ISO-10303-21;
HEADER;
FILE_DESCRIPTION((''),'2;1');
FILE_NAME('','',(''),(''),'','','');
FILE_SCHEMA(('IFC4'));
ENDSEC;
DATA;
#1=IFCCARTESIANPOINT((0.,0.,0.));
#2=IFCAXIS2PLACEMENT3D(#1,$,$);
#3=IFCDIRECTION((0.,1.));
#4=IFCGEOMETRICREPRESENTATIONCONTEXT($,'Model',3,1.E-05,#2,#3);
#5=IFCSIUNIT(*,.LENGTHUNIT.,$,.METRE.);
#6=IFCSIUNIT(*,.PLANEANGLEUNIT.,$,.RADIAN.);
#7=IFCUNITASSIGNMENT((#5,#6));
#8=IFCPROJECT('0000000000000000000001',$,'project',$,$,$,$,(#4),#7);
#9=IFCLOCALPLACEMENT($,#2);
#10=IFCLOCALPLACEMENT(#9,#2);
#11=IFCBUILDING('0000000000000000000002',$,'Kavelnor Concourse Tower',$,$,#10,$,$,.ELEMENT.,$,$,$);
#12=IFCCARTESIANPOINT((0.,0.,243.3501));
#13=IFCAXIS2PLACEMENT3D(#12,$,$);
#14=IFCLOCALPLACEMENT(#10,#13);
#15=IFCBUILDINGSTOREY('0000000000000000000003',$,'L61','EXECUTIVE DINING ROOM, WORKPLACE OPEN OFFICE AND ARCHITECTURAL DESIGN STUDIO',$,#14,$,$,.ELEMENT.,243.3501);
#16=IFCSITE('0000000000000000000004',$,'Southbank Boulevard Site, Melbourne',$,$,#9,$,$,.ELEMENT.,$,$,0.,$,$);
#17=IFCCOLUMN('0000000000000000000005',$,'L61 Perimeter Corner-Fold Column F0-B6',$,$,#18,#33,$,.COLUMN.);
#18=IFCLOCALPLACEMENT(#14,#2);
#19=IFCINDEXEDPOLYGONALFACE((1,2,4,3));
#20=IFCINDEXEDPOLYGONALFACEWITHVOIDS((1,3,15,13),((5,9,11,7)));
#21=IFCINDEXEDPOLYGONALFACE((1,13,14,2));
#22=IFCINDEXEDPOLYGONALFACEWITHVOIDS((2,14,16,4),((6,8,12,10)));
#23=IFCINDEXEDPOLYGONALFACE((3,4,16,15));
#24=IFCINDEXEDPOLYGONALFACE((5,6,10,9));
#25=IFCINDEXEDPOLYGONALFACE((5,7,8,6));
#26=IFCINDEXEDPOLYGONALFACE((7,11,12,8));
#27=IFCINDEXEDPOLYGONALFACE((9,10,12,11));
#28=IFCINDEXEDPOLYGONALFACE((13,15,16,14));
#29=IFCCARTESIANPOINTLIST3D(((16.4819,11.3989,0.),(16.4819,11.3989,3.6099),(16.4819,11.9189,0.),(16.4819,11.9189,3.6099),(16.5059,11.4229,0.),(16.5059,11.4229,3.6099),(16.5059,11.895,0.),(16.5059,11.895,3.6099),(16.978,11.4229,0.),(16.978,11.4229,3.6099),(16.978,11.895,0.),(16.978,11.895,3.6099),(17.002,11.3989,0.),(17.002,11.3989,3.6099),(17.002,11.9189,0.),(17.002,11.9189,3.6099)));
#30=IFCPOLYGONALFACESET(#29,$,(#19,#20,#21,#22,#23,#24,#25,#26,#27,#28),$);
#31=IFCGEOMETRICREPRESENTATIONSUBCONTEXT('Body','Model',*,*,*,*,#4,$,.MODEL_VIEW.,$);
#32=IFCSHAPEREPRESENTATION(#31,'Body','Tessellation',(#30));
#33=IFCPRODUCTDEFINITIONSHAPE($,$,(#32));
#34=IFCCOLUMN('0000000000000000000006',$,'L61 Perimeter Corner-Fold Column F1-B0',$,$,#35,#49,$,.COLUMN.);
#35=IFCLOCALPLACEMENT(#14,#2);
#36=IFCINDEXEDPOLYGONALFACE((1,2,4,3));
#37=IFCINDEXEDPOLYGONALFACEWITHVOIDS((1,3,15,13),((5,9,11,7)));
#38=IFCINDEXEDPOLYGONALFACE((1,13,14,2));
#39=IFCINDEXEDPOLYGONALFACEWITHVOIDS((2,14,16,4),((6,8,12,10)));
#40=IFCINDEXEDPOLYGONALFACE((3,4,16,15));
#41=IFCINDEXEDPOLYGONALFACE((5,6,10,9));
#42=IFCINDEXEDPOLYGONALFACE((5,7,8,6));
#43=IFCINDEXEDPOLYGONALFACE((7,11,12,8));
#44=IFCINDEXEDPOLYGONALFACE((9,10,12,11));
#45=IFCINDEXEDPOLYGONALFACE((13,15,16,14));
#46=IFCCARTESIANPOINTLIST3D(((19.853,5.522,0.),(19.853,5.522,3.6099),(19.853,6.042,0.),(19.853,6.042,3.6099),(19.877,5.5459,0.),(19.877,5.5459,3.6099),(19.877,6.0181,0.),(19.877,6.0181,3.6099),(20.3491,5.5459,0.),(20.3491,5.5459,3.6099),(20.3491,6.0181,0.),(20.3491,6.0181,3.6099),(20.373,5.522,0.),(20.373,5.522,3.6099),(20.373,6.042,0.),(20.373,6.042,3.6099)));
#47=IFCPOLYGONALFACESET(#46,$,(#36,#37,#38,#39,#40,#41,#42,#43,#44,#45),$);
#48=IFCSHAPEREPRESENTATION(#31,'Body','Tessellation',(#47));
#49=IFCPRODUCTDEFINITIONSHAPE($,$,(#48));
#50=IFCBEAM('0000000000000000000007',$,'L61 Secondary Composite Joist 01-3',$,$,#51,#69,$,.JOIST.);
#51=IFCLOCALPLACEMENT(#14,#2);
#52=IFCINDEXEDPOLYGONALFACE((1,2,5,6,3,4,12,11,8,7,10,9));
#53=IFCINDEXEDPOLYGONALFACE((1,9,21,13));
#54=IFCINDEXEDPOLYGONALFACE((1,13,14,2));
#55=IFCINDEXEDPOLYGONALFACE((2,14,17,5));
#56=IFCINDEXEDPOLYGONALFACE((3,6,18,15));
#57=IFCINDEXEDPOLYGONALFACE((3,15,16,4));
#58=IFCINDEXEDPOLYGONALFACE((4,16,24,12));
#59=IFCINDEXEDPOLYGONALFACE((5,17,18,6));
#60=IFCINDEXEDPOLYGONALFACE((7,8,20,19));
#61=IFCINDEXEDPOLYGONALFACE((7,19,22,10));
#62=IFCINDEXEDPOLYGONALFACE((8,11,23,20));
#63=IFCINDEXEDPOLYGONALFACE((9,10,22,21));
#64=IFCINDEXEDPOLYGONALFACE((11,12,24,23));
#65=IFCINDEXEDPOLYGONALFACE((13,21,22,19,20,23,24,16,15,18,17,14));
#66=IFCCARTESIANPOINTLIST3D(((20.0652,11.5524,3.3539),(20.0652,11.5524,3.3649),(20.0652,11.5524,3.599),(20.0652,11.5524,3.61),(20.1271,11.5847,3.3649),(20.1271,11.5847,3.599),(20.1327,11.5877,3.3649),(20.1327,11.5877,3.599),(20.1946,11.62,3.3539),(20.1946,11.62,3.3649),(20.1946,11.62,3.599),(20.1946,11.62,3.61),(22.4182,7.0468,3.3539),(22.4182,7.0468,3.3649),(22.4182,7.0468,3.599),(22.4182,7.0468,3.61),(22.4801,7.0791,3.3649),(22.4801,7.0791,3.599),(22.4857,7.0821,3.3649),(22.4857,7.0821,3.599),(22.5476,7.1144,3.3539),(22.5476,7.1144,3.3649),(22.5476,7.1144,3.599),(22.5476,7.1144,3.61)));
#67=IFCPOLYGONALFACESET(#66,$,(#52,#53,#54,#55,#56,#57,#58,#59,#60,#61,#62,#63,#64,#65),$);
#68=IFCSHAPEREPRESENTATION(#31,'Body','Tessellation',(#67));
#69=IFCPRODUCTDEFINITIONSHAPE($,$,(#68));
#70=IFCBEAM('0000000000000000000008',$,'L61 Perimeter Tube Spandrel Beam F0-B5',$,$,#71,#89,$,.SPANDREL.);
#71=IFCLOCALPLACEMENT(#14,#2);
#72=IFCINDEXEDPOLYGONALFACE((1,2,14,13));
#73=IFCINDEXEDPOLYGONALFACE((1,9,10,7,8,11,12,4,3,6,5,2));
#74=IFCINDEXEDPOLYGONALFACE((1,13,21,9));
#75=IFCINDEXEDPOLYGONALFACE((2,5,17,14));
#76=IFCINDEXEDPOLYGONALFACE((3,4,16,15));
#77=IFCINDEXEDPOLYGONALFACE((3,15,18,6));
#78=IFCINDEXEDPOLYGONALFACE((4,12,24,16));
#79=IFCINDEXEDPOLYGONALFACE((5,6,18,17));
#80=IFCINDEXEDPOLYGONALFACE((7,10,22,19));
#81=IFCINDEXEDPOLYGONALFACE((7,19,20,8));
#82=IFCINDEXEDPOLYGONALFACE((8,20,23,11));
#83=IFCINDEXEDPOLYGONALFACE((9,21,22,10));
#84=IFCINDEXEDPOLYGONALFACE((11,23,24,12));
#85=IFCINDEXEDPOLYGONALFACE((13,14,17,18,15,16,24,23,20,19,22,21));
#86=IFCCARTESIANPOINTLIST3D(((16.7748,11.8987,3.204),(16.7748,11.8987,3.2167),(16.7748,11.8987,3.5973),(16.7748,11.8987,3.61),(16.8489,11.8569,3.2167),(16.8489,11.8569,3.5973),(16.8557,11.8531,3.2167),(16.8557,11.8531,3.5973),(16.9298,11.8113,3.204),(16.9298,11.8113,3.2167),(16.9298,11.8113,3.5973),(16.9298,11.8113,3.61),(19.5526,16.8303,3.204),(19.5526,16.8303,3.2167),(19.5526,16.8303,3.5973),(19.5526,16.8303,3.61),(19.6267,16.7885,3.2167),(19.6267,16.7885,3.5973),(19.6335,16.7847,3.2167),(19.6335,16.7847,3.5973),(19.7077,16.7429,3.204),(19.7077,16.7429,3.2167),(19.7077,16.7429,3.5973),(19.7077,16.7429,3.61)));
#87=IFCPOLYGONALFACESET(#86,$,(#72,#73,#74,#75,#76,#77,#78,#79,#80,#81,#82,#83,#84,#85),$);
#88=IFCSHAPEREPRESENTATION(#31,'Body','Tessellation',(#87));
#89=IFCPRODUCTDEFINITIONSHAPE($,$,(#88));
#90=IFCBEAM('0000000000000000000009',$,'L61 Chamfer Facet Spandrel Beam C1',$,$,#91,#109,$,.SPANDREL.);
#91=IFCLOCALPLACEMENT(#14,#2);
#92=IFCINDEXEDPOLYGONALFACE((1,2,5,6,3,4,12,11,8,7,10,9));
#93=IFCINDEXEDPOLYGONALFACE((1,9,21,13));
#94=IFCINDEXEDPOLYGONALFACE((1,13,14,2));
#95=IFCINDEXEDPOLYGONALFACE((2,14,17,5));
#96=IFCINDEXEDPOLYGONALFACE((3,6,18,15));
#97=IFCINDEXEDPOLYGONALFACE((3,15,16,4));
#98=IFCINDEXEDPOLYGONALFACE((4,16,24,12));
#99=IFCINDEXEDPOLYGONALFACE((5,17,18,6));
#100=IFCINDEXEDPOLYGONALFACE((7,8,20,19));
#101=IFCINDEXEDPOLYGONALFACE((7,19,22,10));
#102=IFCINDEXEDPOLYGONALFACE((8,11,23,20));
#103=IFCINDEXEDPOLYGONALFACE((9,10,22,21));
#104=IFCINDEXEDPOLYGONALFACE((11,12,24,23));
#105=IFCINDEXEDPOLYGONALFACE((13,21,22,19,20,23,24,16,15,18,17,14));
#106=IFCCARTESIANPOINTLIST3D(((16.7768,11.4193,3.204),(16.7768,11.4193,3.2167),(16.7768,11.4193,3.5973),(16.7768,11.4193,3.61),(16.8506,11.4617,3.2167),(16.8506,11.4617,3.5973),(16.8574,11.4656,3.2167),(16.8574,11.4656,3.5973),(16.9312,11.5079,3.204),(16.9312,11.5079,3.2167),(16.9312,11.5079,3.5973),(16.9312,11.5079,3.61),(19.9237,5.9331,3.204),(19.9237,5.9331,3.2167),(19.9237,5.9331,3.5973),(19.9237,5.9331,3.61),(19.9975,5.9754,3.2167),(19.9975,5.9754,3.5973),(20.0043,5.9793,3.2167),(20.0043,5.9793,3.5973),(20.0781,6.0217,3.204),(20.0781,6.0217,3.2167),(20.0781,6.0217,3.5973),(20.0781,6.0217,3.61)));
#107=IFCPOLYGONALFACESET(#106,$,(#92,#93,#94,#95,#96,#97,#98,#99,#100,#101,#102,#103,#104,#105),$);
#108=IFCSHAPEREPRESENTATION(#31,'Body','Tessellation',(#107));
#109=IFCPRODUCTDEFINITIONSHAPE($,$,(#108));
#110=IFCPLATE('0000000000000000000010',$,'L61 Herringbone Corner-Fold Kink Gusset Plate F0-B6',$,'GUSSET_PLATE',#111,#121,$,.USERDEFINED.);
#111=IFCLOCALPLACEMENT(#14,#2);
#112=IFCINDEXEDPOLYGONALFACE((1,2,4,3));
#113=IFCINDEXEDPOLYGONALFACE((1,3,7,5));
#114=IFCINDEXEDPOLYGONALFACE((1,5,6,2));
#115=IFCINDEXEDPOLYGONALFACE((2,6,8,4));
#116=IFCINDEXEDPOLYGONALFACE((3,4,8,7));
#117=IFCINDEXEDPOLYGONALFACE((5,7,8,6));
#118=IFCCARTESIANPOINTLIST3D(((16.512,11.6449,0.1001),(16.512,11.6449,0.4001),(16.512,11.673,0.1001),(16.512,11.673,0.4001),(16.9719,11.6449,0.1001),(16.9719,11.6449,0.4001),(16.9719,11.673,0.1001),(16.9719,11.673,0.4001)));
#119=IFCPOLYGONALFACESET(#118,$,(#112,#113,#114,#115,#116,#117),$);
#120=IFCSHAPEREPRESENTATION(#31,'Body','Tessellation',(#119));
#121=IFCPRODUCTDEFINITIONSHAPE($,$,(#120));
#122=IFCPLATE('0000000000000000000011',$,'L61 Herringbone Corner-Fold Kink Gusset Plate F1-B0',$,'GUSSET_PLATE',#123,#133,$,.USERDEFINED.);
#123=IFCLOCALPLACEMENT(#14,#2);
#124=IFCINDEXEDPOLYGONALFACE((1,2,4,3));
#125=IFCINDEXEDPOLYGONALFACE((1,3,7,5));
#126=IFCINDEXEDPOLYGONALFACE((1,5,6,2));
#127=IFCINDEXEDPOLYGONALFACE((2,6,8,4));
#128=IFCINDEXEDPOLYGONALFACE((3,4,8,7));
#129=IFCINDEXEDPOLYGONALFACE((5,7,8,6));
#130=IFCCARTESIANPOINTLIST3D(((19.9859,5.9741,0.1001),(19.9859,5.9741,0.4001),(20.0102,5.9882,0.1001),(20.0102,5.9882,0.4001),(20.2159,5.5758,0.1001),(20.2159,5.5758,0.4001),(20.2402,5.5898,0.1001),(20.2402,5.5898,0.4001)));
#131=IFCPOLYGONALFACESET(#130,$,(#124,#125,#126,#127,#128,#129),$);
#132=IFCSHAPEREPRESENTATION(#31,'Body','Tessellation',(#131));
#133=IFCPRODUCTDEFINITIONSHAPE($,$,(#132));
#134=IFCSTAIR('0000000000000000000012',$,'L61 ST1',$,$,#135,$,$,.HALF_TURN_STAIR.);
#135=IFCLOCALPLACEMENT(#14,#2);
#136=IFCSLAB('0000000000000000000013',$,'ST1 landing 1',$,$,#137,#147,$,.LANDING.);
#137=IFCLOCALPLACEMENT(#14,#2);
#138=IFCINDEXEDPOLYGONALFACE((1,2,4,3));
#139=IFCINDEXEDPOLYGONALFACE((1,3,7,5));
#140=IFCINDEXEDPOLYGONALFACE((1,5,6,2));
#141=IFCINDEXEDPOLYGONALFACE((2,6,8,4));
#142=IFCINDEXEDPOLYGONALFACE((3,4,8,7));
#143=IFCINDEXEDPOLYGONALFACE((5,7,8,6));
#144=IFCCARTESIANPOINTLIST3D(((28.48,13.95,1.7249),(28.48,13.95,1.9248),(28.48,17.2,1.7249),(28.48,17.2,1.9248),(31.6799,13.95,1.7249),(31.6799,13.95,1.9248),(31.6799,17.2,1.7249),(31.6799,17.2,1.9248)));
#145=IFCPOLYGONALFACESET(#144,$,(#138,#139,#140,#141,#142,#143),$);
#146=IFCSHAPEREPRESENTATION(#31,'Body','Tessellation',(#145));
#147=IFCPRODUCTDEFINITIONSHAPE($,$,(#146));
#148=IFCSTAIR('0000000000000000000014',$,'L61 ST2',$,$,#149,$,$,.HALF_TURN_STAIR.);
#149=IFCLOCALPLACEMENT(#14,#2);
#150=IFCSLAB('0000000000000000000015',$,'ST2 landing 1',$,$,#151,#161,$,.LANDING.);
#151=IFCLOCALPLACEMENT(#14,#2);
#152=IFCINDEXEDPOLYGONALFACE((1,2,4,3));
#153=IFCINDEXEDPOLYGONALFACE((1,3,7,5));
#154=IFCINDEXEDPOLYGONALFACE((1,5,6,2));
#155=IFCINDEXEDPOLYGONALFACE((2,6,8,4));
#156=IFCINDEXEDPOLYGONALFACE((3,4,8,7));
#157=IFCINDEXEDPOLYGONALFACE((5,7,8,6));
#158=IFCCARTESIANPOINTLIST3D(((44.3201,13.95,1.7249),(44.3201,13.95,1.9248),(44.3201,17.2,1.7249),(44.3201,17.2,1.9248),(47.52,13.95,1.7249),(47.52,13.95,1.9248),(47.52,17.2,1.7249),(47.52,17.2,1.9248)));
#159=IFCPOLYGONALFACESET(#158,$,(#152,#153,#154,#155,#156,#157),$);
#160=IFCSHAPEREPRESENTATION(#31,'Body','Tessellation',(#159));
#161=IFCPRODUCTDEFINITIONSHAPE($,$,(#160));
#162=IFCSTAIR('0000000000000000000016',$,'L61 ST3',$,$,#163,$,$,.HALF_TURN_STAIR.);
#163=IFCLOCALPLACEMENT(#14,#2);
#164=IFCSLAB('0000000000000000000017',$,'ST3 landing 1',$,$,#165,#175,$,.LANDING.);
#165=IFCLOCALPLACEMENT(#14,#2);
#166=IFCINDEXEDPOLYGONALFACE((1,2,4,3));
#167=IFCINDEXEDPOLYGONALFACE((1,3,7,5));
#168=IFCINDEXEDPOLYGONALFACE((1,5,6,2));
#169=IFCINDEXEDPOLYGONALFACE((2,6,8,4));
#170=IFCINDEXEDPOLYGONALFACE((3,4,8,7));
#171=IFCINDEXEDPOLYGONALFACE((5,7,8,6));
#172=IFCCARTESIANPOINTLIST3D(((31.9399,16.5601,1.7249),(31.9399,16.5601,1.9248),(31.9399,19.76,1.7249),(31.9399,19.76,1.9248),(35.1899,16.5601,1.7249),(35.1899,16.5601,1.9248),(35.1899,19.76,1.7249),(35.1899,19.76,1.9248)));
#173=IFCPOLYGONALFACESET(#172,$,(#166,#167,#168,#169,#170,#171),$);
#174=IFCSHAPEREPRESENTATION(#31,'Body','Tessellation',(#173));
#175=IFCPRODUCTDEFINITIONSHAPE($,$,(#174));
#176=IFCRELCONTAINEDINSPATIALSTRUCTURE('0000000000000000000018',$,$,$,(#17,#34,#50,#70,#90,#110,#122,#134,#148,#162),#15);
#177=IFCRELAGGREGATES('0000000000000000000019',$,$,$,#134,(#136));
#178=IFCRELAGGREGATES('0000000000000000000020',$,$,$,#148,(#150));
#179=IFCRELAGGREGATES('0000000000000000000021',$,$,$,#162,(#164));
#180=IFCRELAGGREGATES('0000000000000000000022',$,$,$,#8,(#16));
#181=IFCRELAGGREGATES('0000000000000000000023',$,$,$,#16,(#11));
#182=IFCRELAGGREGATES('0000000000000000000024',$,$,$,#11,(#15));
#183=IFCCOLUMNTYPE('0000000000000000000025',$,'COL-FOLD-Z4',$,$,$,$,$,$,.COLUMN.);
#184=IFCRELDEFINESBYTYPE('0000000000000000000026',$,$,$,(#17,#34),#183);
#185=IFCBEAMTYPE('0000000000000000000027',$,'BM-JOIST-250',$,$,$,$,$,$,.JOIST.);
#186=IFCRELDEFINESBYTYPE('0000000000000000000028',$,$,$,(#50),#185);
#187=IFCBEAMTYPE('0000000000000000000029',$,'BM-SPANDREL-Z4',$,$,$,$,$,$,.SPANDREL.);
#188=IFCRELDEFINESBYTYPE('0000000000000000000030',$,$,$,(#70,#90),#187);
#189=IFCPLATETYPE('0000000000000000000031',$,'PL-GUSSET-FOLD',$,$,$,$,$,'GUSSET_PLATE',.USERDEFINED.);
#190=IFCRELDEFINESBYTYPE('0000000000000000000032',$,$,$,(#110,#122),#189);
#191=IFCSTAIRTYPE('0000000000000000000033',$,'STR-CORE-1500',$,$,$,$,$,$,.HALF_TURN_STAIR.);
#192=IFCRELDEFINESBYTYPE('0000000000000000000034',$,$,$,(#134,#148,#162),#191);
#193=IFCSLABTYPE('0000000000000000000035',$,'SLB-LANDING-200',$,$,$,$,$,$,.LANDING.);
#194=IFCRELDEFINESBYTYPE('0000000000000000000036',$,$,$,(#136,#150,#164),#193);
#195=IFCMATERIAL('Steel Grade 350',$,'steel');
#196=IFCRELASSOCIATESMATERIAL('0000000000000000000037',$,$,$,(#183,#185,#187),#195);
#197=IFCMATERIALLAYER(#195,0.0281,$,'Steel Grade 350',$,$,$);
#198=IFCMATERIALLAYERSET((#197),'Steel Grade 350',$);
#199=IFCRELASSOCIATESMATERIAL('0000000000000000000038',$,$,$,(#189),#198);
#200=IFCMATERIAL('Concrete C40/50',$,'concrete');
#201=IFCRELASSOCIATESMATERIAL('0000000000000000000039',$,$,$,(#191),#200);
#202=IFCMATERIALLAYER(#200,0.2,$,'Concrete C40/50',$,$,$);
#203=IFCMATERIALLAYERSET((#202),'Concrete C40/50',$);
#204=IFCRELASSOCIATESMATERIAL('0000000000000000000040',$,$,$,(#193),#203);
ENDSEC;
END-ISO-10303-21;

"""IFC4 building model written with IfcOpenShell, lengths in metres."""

from ifc_helpers import new_model, si_unit, direction, frame, origin, origin_2d, place, context, subcontext, project, spatial, polyline, rectangle, hollow_rectangle, i_section, outline, extrude, material, layer, layer_set, material_profile, profile_set, type_object, element, aggregate, save


model = new_model("IFC4")

# Units and contexts
model_context = context("Model", 3, precision=1e-05, world=origin(), true_north=direction((0.0, 1.0)))
body_context = subcontext(model_context, "Body", "Model", "MODEL_VIEW")
ifc_project = project(units=[si_unit("LENGTHUNIT", "METRE"), si_unit("PLANEANGLEUNIT", "RADIAN")], contexts=[model_context])

# Site, building, storey
site_placement = place(None, origin())
site = spatial("IfcSite", under=ifc_project, at=site_placement, Name="Southbank Boulevard Site, Melbourne", CompositionType="ELEMENT", RefElevation=0.0)
building_placement = place(site_placement, origin())
building = spatial("IfcBuilding", under=site, at=building_placement, Name="Kavelnor Concourse Tower", CompositionType="ELEMENT")
storey_placement = place(building_placement, frame((0.0, 0.0, 243.3501)))
storey = spatial("IfcBuildingStorey", under=building, at=storey_placement, Name="L61", Description="EXECUTIVE DINING ROOM, WORKPLACE OPEN OFFICE AND ARCHITECTURAL DESIGN STUDIO", CompositionType="ELEMENT", Elevation=243.3501)

# Columns
ifc_material_1 = material(Name="Steel Grade 350", Category="steel")
ifc_material_profile_1 = material_profile(ifc_material_1, hollow_rectangle(XDim=0.52, YDim=0.52, WallThickness=0.0239, at=origin_2d()), Name="SHS 520x520x24")
ifc_profile_set_1 = profile_set([ifc_material_profile_1], Name="Steel Grade 350")
column_type = type_object("IfcColumnType", Name="COL-FOLD-Z4", PredefinedType="COLUMN", material=ifc_profile_set_1)
for number, where, z_axis, x_axis, name in (
    (1, (16.7419, 11.6589, 0.0), (0.0, 0.0, 1.0), (1.0, 0.0, 0.0), "L61 Perimeter Corner-Fold Column F0-B6"),
    (2, (20.113, 5.782, 0.0), (0.0, 0.0, 1.0), (1.0, 0.0, 0.0), "L61 Perimeter Corner-Fold Column F1-B0"),
):
    element("IfcColumn", number, at=place(storey_placement, frame(where, z_axis=z_axis, x_axis=x_axis)), inside=storey, type_object=column_type, Name=name, PredefinedType="COLUMN", context=body_context, shape_type="SweptSolid", body=[
        extrude(hollow_rectangle(XDim=0.52, YDim=0.52, WallThickness=0.0239, at=origin_2d()), origin(), (0.0, 0.0, 1.0), 3.6099),
    ])

# Beams
ifc_material_profile_2 = material_profile(ifc_material_1, i_section(OverallWidth=0.146, OverallDepth=0.2561, WebThickness=0.0063, FlangeThickness=0.011, at=origin_2d()), Name="250UB37")
ifc_profile_set_2 = profile_set([ifc_material_profile_2], Name="Steel Grade 350")
beam_type_1 = type_object("IfcBeamType", Name="BM-JOIST-250", PredefinedType="JOIST", material=ifc_profile_set_2)
beam_1_placement = place(storey_placement, frame((20.1299, 11.5862, 3.4819), z_axis=(0.462917, -0.886402, 0.0), x_axis=(0.886402, 0.462917, 0.0)))
element("IfcBeam", 3, at=beam_1_placement, inside=storey, type_object=beam_type_1, Name="L61 Secondary Composite Joist 01-3", PredefinedType="JOIST", context=body_context, shape_type="SweptSolid", body=[
    extrude(i_section(OverallWidth=0.146, OverallDepth=0.2561, WebThickness=0.0063, FlangeThickness=0.011, at=origin_2d()), origin(), (0.0, 0.0, 1.0), 5.083),
])
ifc_material_profile_3 = material_profile(ifc_material_1, i_section(OverallWidth=0.178, OverallDepth=0.406, WebThickness=0.0078, FlangeThickness=0.0127, at=origin_2d()), Name="410UB59")
ifc_profile_set_3 = profile_set([ifc_material_profile_3], Name="Steel Grade 350")
beam_type_2 = type_object("IfcBeamType", Name="BM-SPANDREL-Z4", PredefinedType="SPANDREL", material=ifc_profile_set_3)
beam_2_placement = place(storey_placement, frame((19.6301, 16.7866, 3.407), z_axis=(-0.490769, -0.87129, 0.0), x_axis=(0.87129, -0.490769, 0.0)))
element("IfcBeam", 4, at=beam_2_placement, inside=storey, type_object=beam_type_2, Name="L61 Perimeter Tube Spandrel Beam F0-B5", PredefinedType="SPANDREL", context=body_context, shape_type="SweptSolid", body=[
    extrude(i_section(OverallWidth=0.178, OverallDepth=0.406, WebThickness=0.0078, FlangeThickness=0.0127, at=origin_2d()), origin(), (0.0, 0.0, 1.0), 5.6602),
])
beam_3_placement = place(storey_placement, frame((16.854, 11.4636, 3.407), z_axis=(0.49756, -0.86743, 0.0), x_axis=(0.86743, 0.49756, 0.0)))
element("IfcBeam", 5, at=beam_3_placement, inside=storey, type_object=beam_type_2, Name="L61 Chamfer Facet Spandrel Beam C1", PredefinedType="SPANDREL", context=body_context, shape_type="SweptSolid", body=[
    extrude(i_section(OverallWidth=0.178, OverallDepth=0.406, WebThickness=0.0078, FlangeThickness=0.0127, at=origin_2d()), origin(), (0.0, 0.0, 1.0), 6.3247),
])

# Plates
ifc_layer_1 = layer(ifc_material_1, 0.0281, Name="Steel Grade 350")
ifc_layer_set_1 = layer_set([ifc_layer_1], Name="Steel Grade 350")
plate_type = type_object("IfcPlateType", Name="PL-GUSSET-FOLD", ElementType="GUSSET_PLATE", PredefinedType="USERDEFINED", material=ifc_layer_set_1)
for number, where, z_axis, x_axis, name in (
    (6, (16.7419, 11.6589, 0.1001), (0.0, 0.0, 1.0), (1.0, 0.0, 0.0), "L61 Herringbone Corner-Fold Kink Gusset Plate F0-B6"),
    (7, (20.113, 5.782, 0.1001), (0.0, 0.0, 1.0), (-0.5, 0.866025, 0.0), "L61 Herringbone Corner-Fold Kink Gusset Plate F1-B0"),
):
    element("IfcPlate", number, at=place(storey_placement, frame(where, z_axis=z_axis, x_axis=x_axis)), inside=storey, type_object=plate_type, Name=name, ObjectType="GUSSET_PLATE", PredefinedType="USERDEFINED", context=body_context, shape_type="SweptSolid", body=[
        extrude(rectangle(XDim=0.46, YDim=0.0281, at=origin_2d()), origin(), (0.0, 0.0, 1.0), 0.3),
    ])

# Stairs, slabs
ifc_material_2 = material(Name="Concrete C40/50", Category="concrete")
stair_type = type_object("IfcStairType", Name="STR-CORE-1500", PredefinedType="HALF_TURN_STAIR", material=ifc_material_2)
stair_1_placement = place(storey_placement, origin())
stair_1 = element("IfcStair", 8, at=stair_1_placement, inside=storey, type_object=stair_type, Name="L61 ST1", PredefinedType="HALF_TURN_STAIR")
ifc_layer_2 = layer(ifc_material_2, 0.2, Name="Concrete C40/50")
ifc_layer_set_2 = layer_set([ifc_layer_2], Name="Concrete C40/50")
slab_type_1 = type_object("IfcSlabType", Name="SLB-LANDING-200", PredefinedType="LANDING", material=ifc_layer_set_2)
slab_1_placement = place(storey_placement, frame((0.0, 0.0, 1.7249)))
slab_1 = element("IfcSlab", 9, at=slab_1_placement, type_object=slab_type_1, Name="ST1 landing 1", PredefinedType="LANDING", context=body_context, shape_type="SweptSolid", body=[
    extrude(outline(polyline([(31.6799, 13.95), (31.6799, 17.2), (28.48, 17.2), (28.48, 13.95), (31.6799, 13.95)])), origin(), (0.0, 0.0, 1.0), 0.2),
])
aggregate(stair_1, [slab_1])
stair_2_placement = place(storey_placement, origin())
stair_2 = element("IfcStair", 10, at=stair_2_placement, inside=storey, type_object=stair_type, Name="L61 ST2", PredefinedType="HALF_TURN_STAIR")
slab_2_placement = place(storey_placement, frame((0.0, 0.0, 1.7249)))
slab_2 = element("IfcSlab", 11, at=slab_2_placement, type_object=slab_type_1, Name="ST2 landing 1", PredefinedType="LANDING", context=body_context, shape_type="SweptSolid", body=[
    extrude(outline(polyline([(47.52, 13.95), (47.52, 17.2), (44.3201, 17.2), (44.3201, 13.95), (47.52, 13.95)])), origin(), (0.0, 0.0, 1.0), 0.2),
])
aggregate(stair_2, [slab_2])
stair_3_placement = place(storey_placement, origin())
stair_3 = element("IfcStair", 12, at=stair_3_placement, inside=storey, type_object=stair_type, Name="L61 ST3", PredefinedType="HALF_TURN_STAIR")
slab_3_placement = place(storey_placement, frame((0.0, 0.0, 1.7249)))
slab_3 = element("IfcSlab", 13, at=slab_3_placement, type_object=slab_type_1, Name="ST3 landing 1", PredefinedType="LANDING", context=body_context, shape_type="SweptSolid", body=[
    extrude(outline(polyline([(35.1899, 19.76), (31.9399, 19.76), (31.9399, 16.5601), (35.1899, 16.5601), (35.1899, 19.76)])), origin(), (0.0, 0.0, 1.0), 0.2),
])
aggregate(stair_3, [slab_3])

save(model, "model.ifc")
